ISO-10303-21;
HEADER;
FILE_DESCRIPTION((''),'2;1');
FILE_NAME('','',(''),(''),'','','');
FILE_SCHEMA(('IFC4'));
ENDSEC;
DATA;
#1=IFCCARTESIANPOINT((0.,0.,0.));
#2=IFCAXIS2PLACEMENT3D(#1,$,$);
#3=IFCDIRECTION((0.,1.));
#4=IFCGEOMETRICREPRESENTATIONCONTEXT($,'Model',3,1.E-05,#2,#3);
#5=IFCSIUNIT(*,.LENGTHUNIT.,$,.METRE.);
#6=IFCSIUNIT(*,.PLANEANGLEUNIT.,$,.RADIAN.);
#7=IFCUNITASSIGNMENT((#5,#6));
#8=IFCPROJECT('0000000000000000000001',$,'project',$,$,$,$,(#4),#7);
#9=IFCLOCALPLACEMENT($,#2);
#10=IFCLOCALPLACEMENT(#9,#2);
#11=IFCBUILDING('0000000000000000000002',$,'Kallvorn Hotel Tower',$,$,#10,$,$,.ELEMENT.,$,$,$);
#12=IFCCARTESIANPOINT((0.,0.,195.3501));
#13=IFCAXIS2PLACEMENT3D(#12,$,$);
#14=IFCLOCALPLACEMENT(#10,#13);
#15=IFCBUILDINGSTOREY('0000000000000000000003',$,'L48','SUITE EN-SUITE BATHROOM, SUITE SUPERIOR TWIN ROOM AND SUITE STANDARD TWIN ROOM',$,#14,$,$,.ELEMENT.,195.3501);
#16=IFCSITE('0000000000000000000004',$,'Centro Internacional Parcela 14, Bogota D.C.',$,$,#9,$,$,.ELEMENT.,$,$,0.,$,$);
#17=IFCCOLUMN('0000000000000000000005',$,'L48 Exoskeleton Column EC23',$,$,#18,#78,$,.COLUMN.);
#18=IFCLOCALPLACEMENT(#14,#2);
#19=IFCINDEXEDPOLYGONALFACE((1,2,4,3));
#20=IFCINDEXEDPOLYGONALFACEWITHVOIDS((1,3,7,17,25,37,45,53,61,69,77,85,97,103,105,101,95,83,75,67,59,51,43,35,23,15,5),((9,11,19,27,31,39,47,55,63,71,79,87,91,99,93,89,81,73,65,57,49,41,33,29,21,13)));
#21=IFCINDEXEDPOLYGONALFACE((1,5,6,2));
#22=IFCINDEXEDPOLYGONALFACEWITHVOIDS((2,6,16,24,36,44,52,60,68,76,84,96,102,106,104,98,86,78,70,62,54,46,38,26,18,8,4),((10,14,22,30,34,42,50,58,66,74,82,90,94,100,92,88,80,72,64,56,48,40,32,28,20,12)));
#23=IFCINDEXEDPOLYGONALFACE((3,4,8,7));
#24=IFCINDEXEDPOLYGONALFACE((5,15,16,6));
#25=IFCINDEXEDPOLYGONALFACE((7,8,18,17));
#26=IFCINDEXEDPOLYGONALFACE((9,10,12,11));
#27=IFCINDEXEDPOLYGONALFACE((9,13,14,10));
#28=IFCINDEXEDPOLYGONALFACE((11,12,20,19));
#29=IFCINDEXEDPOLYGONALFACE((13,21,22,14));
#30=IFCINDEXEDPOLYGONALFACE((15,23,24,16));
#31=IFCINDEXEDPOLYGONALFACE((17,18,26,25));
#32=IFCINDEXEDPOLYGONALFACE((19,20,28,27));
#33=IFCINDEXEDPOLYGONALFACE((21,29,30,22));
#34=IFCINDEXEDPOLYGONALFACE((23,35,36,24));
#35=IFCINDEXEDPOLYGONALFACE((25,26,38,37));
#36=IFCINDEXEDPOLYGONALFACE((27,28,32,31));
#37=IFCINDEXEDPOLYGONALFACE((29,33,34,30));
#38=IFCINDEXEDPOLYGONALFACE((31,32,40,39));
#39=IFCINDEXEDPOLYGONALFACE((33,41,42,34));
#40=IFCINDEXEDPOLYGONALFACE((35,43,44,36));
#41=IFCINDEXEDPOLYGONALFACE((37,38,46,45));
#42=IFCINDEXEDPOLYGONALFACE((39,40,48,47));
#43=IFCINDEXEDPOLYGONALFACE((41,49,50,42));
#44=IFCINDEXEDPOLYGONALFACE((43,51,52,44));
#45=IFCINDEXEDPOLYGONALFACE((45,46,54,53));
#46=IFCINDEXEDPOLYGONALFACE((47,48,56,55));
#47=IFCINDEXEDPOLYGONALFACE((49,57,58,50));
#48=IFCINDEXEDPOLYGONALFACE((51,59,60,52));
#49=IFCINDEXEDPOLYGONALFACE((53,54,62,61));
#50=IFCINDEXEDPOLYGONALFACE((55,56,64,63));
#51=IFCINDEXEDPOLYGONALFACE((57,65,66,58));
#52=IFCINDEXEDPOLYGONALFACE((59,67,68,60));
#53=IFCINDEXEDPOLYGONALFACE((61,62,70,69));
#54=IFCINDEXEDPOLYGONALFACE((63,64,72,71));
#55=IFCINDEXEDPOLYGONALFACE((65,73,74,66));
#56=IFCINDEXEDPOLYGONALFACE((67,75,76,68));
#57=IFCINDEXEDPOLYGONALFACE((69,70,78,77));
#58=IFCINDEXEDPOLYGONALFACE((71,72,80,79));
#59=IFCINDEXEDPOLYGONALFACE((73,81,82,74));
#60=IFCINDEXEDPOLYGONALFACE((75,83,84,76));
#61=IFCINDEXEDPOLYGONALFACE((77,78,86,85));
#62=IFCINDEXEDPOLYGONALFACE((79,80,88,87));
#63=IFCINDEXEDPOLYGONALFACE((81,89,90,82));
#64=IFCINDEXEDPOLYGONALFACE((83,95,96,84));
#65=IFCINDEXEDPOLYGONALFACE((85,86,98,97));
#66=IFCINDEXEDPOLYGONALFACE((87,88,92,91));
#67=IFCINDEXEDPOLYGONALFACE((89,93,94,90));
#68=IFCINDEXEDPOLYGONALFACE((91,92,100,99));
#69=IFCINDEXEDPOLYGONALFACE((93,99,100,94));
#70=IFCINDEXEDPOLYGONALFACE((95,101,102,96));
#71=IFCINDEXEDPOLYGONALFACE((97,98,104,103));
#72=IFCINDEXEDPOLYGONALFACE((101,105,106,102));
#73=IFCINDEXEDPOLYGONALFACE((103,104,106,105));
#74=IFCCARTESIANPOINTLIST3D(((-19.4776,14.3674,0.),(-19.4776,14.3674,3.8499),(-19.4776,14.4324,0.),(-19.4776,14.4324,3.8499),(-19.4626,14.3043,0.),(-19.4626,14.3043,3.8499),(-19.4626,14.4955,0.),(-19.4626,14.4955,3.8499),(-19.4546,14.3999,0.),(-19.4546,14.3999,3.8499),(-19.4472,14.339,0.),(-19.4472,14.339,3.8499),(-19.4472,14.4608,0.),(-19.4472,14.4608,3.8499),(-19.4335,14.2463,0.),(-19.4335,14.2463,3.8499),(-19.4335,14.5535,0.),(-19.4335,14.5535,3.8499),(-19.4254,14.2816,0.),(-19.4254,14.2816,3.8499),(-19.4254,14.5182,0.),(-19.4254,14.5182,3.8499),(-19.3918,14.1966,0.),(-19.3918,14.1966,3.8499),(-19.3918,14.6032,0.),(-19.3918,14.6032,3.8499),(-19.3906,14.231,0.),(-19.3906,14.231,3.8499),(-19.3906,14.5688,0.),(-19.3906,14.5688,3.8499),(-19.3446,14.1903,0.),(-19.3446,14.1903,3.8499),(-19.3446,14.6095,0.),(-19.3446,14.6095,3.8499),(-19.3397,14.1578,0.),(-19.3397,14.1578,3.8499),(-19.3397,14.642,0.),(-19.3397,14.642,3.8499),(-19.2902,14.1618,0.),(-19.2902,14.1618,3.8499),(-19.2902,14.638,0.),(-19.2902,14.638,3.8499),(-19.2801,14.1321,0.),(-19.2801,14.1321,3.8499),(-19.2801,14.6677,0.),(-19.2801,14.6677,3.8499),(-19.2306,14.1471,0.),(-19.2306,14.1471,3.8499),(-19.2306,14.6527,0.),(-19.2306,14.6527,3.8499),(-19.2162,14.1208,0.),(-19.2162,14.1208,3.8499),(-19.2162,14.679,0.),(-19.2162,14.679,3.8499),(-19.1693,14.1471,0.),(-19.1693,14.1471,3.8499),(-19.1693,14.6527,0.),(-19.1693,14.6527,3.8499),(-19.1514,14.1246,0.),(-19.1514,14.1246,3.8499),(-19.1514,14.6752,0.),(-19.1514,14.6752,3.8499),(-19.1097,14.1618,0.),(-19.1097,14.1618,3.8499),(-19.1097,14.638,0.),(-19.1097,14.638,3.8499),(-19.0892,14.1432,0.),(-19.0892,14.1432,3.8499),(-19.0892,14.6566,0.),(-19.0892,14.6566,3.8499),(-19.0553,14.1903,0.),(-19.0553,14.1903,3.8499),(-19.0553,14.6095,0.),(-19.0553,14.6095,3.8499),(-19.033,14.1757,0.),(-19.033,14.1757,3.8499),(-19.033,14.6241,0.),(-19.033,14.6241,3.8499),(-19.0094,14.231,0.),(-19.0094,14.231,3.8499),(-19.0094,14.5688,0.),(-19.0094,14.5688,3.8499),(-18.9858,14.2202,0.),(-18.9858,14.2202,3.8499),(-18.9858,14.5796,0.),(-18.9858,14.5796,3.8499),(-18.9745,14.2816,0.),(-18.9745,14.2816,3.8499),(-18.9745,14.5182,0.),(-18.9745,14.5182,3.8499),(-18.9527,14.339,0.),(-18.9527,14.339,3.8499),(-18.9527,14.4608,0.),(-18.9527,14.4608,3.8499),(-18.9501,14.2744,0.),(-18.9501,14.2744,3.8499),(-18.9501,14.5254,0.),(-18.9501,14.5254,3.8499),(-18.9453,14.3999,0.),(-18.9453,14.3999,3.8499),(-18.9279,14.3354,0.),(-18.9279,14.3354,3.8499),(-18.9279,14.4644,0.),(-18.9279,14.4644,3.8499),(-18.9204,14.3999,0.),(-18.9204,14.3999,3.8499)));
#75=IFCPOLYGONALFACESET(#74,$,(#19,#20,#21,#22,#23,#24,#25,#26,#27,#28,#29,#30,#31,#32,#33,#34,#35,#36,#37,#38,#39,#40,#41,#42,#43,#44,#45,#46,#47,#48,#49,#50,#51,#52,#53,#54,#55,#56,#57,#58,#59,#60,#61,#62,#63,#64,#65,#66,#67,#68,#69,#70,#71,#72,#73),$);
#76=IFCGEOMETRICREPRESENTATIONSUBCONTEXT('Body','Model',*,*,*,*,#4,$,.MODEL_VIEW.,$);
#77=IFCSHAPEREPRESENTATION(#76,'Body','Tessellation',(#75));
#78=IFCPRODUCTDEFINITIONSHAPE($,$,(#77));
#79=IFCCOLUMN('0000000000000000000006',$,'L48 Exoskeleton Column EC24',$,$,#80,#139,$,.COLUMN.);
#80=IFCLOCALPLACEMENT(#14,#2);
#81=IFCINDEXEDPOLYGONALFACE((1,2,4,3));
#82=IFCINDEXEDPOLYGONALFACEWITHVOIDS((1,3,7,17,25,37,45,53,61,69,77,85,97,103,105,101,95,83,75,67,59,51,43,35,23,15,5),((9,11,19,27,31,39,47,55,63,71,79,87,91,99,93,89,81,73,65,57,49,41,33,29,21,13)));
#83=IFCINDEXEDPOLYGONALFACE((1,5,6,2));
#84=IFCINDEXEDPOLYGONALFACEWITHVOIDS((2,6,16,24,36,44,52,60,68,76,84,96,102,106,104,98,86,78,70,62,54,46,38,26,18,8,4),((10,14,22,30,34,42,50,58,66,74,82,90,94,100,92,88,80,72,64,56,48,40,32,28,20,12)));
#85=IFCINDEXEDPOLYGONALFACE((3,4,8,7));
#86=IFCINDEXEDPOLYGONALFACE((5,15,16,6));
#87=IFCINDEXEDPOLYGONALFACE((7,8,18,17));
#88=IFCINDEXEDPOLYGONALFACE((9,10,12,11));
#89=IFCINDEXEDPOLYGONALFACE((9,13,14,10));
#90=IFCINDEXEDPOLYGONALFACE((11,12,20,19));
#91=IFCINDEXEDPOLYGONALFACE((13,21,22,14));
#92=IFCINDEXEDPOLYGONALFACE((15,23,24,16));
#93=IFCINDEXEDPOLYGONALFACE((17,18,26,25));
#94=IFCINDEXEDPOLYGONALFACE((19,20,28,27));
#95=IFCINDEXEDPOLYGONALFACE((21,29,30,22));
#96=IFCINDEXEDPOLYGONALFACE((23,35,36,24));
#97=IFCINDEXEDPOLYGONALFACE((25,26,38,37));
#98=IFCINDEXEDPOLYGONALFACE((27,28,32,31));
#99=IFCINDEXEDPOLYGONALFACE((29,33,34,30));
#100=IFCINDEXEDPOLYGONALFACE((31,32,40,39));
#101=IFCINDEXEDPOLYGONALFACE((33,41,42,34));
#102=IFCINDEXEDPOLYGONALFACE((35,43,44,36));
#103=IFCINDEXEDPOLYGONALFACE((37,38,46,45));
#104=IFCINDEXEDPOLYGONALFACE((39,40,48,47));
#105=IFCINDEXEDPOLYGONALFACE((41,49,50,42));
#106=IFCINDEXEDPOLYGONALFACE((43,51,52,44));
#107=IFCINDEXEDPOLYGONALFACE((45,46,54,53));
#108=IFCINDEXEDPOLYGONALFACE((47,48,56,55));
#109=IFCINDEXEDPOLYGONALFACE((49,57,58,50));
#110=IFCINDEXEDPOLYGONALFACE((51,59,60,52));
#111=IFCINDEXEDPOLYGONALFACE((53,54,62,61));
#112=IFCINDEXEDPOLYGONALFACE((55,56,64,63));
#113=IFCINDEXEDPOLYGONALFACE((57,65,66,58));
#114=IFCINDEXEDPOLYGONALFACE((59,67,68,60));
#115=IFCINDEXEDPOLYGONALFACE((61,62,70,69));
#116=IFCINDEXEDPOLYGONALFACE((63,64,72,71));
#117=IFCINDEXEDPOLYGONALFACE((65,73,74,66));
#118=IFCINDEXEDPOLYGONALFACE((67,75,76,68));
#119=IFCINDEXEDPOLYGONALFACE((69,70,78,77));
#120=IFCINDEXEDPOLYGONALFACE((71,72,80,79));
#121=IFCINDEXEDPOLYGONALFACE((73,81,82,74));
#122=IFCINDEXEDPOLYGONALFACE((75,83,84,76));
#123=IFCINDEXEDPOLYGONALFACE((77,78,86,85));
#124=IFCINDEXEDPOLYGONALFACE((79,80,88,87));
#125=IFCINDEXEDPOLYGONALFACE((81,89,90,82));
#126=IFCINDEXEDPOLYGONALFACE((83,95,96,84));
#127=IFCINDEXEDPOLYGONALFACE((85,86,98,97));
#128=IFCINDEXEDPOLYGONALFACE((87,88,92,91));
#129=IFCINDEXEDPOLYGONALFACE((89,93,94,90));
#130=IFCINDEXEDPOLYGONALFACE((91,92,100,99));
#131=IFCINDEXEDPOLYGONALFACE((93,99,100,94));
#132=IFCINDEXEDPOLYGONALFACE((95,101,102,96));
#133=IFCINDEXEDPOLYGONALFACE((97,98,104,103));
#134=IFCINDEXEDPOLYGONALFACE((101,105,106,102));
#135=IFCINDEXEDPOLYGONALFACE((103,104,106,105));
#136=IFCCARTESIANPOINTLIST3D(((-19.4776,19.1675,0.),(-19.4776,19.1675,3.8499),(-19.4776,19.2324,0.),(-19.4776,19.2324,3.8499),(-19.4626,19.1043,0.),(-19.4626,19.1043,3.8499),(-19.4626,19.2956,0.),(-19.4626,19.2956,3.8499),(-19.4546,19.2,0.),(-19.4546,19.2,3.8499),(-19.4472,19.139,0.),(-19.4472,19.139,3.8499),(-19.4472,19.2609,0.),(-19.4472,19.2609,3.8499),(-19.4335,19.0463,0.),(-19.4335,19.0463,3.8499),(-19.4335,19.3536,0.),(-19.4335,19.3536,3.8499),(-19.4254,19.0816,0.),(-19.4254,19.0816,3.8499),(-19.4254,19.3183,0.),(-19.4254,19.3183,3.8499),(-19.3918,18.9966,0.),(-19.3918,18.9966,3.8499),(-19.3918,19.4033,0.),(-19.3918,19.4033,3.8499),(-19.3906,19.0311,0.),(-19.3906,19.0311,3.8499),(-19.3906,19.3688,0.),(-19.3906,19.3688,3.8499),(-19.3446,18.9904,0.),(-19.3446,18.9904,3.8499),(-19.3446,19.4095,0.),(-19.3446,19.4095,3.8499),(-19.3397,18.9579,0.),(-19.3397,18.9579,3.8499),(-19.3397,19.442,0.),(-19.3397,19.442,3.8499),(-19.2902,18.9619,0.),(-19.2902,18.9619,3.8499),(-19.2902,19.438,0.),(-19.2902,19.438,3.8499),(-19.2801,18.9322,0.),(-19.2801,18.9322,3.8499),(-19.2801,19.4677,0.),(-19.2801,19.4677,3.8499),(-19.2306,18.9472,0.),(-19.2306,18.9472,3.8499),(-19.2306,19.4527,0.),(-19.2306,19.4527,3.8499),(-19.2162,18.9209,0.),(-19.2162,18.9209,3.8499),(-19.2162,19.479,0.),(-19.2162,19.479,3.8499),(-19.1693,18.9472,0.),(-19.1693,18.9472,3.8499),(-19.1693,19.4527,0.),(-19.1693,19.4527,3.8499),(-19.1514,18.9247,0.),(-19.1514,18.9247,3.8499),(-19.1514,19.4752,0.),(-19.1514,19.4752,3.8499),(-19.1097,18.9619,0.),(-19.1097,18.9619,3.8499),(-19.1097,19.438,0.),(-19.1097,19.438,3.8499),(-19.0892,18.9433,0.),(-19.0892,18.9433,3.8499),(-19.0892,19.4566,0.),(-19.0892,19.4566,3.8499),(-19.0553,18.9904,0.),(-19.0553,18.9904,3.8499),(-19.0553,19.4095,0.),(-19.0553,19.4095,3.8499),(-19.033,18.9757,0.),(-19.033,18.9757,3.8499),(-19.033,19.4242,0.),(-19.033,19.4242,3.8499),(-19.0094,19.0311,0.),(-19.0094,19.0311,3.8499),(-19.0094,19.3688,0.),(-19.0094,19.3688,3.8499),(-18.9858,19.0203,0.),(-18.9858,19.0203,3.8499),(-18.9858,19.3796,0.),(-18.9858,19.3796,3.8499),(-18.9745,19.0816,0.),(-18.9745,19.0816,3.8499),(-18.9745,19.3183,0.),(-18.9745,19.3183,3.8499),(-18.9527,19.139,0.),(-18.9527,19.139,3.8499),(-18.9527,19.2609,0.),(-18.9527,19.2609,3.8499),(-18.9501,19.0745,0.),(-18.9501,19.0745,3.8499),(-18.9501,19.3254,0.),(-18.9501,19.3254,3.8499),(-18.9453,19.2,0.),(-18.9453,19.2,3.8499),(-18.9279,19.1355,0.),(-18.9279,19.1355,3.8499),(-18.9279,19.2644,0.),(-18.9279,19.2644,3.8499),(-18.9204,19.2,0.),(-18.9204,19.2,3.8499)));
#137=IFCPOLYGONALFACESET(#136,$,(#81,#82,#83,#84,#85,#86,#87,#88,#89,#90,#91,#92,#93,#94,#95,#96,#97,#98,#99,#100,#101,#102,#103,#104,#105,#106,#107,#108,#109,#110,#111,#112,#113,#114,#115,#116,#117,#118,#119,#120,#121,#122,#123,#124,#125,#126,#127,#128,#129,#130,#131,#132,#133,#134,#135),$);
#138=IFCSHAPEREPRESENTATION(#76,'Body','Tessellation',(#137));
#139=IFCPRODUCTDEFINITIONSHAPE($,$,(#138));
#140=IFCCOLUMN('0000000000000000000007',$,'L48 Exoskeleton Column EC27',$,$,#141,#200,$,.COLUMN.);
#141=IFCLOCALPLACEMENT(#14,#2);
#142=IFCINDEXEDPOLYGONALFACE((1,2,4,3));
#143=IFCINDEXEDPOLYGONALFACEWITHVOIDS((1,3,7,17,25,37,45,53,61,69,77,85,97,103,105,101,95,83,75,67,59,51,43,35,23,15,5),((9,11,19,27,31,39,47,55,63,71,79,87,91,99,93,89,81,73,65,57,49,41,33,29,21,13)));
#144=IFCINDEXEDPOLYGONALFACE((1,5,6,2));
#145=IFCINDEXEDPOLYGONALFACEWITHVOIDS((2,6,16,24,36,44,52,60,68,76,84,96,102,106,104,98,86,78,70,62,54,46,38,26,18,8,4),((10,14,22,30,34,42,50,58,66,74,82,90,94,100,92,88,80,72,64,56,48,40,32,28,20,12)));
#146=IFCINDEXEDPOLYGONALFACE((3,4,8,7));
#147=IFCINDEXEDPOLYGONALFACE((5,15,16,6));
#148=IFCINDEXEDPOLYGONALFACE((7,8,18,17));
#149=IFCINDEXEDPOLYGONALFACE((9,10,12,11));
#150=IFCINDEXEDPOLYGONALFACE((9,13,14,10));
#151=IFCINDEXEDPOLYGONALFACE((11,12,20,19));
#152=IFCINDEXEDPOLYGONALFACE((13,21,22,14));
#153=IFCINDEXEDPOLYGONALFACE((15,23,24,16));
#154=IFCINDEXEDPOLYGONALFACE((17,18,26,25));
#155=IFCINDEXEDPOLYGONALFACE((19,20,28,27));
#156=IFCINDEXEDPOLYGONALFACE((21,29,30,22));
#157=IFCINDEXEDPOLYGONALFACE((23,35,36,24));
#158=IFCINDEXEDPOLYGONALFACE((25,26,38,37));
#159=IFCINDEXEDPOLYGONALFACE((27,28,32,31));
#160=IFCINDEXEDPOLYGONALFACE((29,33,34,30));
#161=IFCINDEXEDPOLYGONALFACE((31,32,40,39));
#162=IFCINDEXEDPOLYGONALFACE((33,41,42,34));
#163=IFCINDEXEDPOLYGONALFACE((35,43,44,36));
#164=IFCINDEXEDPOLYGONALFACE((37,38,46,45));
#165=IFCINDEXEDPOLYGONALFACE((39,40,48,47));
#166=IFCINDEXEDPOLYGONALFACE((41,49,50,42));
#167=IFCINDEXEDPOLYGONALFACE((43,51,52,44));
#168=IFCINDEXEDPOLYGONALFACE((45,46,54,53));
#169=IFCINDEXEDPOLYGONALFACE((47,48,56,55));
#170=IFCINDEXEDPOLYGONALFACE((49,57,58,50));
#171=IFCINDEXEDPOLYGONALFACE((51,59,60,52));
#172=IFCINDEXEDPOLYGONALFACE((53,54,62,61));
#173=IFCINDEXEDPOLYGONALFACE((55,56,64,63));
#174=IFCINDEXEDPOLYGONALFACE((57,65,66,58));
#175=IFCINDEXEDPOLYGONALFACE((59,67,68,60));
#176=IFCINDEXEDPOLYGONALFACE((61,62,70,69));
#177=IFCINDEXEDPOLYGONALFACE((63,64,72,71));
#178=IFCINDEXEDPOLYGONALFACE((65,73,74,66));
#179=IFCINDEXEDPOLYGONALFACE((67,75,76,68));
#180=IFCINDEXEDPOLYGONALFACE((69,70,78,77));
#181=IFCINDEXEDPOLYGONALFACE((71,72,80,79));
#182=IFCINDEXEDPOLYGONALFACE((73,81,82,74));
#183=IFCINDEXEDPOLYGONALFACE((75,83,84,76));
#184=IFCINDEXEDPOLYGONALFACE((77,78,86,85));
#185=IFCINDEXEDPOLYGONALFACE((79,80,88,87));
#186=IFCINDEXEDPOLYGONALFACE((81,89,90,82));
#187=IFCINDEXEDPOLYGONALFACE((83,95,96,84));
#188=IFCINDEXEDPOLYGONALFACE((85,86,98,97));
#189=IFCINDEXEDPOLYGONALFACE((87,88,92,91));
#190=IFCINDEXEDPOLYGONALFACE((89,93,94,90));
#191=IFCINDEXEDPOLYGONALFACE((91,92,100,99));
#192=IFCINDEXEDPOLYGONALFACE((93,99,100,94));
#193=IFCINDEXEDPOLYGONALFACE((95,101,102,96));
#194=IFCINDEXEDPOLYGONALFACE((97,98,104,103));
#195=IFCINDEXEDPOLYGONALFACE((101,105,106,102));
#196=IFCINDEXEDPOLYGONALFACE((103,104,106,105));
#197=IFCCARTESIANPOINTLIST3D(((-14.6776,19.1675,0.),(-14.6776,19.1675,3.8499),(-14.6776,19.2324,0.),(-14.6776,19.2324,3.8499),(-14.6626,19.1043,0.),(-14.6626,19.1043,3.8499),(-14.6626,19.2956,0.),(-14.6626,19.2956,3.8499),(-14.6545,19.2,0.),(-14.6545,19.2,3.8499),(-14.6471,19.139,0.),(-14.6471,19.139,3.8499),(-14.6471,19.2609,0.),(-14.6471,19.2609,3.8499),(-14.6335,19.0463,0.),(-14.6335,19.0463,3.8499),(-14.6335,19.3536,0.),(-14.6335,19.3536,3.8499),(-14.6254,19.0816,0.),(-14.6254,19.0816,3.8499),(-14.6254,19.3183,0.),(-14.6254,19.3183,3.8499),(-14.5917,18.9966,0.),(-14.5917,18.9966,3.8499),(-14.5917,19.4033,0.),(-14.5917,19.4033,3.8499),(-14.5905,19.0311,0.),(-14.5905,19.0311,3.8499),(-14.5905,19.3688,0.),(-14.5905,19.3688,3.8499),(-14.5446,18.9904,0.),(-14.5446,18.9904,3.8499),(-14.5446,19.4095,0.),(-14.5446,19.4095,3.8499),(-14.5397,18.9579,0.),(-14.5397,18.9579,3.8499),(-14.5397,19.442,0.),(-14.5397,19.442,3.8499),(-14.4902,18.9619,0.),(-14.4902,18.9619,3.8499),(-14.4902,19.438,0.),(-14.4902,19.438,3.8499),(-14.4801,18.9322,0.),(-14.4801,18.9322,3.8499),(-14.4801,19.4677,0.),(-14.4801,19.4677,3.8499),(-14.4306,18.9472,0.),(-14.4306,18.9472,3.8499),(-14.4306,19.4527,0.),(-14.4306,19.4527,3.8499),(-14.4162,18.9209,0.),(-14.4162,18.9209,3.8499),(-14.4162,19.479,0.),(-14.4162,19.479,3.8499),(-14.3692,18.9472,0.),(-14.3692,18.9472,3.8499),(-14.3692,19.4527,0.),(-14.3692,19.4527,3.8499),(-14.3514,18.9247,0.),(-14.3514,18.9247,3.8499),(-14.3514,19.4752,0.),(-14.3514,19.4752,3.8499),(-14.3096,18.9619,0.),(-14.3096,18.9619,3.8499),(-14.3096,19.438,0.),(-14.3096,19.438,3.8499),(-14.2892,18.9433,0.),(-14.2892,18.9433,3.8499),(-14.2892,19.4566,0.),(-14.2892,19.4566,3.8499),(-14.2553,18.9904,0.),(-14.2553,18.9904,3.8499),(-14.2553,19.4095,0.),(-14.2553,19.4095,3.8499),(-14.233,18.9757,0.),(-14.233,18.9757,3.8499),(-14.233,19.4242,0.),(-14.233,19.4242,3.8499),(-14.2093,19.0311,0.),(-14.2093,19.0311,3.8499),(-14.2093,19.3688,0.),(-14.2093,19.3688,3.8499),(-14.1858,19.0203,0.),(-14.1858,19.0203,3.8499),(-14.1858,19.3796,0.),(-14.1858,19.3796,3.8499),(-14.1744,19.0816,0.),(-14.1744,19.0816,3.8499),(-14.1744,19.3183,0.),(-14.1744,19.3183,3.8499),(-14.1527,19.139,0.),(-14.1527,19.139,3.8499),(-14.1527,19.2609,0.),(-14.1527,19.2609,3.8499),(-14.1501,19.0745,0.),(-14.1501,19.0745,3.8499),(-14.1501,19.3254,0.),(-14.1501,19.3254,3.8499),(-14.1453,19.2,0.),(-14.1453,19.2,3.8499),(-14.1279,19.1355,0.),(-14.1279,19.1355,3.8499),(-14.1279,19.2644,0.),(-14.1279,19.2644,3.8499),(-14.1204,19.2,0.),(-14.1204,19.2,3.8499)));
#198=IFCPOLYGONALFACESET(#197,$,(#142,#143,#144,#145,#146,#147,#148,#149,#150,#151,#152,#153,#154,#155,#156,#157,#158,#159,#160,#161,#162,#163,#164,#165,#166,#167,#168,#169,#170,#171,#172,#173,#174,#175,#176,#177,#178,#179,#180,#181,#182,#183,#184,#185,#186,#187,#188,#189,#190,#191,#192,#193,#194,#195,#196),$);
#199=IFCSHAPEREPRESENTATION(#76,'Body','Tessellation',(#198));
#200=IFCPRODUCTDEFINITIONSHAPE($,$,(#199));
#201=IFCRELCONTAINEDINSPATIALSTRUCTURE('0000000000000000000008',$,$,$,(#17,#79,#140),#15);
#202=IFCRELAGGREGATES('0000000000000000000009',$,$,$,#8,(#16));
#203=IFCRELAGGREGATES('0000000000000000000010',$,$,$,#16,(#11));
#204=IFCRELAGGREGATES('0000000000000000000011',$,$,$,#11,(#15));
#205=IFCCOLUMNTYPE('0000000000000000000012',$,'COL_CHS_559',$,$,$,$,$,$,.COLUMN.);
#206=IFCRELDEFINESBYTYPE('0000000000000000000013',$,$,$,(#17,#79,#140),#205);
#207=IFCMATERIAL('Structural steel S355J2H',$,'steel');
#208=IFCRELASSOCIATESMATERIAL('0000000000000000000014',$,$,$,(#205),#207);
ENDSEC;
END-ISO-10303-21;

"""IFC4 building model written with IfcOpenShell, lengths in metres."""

from ifc_helpers import new_model, si_unit, direction, frame, origin, origin_2d, place, context, subcontext, project, spatial, hollow_circle, extrude, material, material_profile, profile_set, type_object, element, save


model = new_model("IFC4")

# Units and contexts
model_context = context("Model", 3, precision=1e-05, world=origin(), true_north=direction((0.0, 1.0)))
body_context = subcontext(model_context, "Body", "Model", "MODEL_VIEW")
ifc_project = project(units=[si_unit("LENGTHUNIT", "METRE"), si_unit("PLANEANGLEUNIT", "RADIAN")], contexts=[model_context])

# Site, building, storey
site_placement = place(None, origin())
site = spatial("IfcSite", under=ifc_project, at=site_placement, Name="Centro Internacional Parcela 14, Bogota D.C.", CompositionType="ELEMENT", RefElevation=0.0)
building_placement = place(site_placement, origin())
building = spatial("IfcBuilding", under=site, at=building_placement, Name="Kallvorn Hotel Tower", CompositionType="ELEMENT")
storey_placement = place(building_placement, frame((0.0, 0.0, 195.3501)))
storey = spatial("IfcBuildingStorey", under=building, at=storey_placement, Name="L48", Description="SUITE EN-SUITE BATHROOM, SUITE SUPERIOR TWIN ROOM AND SUITE STANDARD TWIN ROOM", CompositionType="ELEMENT", Elevation=195.3501)

# Columns
ifc_material_1 = material(Name="Structural steel S355J2H", Category="steel")
ifc_material_profile_1 = material_profile(ifc_material_1, hollow_circle(Radius=0.2795, WallThickness=0.0249, at=origin_2d()), Name="CHS 559x25")
ifc_profile_set_1 = profile_set([ifc_material_profile_1], Name="Structural steel S355J2H")
column_type_1 = type_object("IfcColumnType", Name="COL_CHS_559", PredefinedType="COLUMN", material=ifc_profile_set_1)
for number, where, z_axis, x_axis, name in (
    (1, (-19.2, 14.3999, 0.0), (0.0, 0.0, 1.0), (1.0, 0.0, 0.0), "L48 Exoskeleton Column EC23"),
    (2, (-19.2, 19.2, 0.0), (0.0, 0.0, 1.0), (1.0, 0.0, 0.0), "L48 Exoskeleton Column EC24"),
    (3, (-14.3999, 19.2, 0.0), (0.0, 0.0, 1.0), (1.0, 0.0, 0.0), "L48 Exoskeleton Column EC27"),
):
    element("IfcColumn", number, at=place(storey_placement, frame(where, z_axis=z_axis, x_axis=x_axis)), inside=storey, type_object=column_type_1, Name=name, PredefinedType="COLUMN", context=body_context, shape_type="SweptSolid", body=[
        extrude(hollow_circle(Radius=0.2795, WallThickness=0.0249, at=origin_2d()), origin(), (0.0, 0.0, 1.0), 3.8499),
    ])

save(model, "model.ifc")
